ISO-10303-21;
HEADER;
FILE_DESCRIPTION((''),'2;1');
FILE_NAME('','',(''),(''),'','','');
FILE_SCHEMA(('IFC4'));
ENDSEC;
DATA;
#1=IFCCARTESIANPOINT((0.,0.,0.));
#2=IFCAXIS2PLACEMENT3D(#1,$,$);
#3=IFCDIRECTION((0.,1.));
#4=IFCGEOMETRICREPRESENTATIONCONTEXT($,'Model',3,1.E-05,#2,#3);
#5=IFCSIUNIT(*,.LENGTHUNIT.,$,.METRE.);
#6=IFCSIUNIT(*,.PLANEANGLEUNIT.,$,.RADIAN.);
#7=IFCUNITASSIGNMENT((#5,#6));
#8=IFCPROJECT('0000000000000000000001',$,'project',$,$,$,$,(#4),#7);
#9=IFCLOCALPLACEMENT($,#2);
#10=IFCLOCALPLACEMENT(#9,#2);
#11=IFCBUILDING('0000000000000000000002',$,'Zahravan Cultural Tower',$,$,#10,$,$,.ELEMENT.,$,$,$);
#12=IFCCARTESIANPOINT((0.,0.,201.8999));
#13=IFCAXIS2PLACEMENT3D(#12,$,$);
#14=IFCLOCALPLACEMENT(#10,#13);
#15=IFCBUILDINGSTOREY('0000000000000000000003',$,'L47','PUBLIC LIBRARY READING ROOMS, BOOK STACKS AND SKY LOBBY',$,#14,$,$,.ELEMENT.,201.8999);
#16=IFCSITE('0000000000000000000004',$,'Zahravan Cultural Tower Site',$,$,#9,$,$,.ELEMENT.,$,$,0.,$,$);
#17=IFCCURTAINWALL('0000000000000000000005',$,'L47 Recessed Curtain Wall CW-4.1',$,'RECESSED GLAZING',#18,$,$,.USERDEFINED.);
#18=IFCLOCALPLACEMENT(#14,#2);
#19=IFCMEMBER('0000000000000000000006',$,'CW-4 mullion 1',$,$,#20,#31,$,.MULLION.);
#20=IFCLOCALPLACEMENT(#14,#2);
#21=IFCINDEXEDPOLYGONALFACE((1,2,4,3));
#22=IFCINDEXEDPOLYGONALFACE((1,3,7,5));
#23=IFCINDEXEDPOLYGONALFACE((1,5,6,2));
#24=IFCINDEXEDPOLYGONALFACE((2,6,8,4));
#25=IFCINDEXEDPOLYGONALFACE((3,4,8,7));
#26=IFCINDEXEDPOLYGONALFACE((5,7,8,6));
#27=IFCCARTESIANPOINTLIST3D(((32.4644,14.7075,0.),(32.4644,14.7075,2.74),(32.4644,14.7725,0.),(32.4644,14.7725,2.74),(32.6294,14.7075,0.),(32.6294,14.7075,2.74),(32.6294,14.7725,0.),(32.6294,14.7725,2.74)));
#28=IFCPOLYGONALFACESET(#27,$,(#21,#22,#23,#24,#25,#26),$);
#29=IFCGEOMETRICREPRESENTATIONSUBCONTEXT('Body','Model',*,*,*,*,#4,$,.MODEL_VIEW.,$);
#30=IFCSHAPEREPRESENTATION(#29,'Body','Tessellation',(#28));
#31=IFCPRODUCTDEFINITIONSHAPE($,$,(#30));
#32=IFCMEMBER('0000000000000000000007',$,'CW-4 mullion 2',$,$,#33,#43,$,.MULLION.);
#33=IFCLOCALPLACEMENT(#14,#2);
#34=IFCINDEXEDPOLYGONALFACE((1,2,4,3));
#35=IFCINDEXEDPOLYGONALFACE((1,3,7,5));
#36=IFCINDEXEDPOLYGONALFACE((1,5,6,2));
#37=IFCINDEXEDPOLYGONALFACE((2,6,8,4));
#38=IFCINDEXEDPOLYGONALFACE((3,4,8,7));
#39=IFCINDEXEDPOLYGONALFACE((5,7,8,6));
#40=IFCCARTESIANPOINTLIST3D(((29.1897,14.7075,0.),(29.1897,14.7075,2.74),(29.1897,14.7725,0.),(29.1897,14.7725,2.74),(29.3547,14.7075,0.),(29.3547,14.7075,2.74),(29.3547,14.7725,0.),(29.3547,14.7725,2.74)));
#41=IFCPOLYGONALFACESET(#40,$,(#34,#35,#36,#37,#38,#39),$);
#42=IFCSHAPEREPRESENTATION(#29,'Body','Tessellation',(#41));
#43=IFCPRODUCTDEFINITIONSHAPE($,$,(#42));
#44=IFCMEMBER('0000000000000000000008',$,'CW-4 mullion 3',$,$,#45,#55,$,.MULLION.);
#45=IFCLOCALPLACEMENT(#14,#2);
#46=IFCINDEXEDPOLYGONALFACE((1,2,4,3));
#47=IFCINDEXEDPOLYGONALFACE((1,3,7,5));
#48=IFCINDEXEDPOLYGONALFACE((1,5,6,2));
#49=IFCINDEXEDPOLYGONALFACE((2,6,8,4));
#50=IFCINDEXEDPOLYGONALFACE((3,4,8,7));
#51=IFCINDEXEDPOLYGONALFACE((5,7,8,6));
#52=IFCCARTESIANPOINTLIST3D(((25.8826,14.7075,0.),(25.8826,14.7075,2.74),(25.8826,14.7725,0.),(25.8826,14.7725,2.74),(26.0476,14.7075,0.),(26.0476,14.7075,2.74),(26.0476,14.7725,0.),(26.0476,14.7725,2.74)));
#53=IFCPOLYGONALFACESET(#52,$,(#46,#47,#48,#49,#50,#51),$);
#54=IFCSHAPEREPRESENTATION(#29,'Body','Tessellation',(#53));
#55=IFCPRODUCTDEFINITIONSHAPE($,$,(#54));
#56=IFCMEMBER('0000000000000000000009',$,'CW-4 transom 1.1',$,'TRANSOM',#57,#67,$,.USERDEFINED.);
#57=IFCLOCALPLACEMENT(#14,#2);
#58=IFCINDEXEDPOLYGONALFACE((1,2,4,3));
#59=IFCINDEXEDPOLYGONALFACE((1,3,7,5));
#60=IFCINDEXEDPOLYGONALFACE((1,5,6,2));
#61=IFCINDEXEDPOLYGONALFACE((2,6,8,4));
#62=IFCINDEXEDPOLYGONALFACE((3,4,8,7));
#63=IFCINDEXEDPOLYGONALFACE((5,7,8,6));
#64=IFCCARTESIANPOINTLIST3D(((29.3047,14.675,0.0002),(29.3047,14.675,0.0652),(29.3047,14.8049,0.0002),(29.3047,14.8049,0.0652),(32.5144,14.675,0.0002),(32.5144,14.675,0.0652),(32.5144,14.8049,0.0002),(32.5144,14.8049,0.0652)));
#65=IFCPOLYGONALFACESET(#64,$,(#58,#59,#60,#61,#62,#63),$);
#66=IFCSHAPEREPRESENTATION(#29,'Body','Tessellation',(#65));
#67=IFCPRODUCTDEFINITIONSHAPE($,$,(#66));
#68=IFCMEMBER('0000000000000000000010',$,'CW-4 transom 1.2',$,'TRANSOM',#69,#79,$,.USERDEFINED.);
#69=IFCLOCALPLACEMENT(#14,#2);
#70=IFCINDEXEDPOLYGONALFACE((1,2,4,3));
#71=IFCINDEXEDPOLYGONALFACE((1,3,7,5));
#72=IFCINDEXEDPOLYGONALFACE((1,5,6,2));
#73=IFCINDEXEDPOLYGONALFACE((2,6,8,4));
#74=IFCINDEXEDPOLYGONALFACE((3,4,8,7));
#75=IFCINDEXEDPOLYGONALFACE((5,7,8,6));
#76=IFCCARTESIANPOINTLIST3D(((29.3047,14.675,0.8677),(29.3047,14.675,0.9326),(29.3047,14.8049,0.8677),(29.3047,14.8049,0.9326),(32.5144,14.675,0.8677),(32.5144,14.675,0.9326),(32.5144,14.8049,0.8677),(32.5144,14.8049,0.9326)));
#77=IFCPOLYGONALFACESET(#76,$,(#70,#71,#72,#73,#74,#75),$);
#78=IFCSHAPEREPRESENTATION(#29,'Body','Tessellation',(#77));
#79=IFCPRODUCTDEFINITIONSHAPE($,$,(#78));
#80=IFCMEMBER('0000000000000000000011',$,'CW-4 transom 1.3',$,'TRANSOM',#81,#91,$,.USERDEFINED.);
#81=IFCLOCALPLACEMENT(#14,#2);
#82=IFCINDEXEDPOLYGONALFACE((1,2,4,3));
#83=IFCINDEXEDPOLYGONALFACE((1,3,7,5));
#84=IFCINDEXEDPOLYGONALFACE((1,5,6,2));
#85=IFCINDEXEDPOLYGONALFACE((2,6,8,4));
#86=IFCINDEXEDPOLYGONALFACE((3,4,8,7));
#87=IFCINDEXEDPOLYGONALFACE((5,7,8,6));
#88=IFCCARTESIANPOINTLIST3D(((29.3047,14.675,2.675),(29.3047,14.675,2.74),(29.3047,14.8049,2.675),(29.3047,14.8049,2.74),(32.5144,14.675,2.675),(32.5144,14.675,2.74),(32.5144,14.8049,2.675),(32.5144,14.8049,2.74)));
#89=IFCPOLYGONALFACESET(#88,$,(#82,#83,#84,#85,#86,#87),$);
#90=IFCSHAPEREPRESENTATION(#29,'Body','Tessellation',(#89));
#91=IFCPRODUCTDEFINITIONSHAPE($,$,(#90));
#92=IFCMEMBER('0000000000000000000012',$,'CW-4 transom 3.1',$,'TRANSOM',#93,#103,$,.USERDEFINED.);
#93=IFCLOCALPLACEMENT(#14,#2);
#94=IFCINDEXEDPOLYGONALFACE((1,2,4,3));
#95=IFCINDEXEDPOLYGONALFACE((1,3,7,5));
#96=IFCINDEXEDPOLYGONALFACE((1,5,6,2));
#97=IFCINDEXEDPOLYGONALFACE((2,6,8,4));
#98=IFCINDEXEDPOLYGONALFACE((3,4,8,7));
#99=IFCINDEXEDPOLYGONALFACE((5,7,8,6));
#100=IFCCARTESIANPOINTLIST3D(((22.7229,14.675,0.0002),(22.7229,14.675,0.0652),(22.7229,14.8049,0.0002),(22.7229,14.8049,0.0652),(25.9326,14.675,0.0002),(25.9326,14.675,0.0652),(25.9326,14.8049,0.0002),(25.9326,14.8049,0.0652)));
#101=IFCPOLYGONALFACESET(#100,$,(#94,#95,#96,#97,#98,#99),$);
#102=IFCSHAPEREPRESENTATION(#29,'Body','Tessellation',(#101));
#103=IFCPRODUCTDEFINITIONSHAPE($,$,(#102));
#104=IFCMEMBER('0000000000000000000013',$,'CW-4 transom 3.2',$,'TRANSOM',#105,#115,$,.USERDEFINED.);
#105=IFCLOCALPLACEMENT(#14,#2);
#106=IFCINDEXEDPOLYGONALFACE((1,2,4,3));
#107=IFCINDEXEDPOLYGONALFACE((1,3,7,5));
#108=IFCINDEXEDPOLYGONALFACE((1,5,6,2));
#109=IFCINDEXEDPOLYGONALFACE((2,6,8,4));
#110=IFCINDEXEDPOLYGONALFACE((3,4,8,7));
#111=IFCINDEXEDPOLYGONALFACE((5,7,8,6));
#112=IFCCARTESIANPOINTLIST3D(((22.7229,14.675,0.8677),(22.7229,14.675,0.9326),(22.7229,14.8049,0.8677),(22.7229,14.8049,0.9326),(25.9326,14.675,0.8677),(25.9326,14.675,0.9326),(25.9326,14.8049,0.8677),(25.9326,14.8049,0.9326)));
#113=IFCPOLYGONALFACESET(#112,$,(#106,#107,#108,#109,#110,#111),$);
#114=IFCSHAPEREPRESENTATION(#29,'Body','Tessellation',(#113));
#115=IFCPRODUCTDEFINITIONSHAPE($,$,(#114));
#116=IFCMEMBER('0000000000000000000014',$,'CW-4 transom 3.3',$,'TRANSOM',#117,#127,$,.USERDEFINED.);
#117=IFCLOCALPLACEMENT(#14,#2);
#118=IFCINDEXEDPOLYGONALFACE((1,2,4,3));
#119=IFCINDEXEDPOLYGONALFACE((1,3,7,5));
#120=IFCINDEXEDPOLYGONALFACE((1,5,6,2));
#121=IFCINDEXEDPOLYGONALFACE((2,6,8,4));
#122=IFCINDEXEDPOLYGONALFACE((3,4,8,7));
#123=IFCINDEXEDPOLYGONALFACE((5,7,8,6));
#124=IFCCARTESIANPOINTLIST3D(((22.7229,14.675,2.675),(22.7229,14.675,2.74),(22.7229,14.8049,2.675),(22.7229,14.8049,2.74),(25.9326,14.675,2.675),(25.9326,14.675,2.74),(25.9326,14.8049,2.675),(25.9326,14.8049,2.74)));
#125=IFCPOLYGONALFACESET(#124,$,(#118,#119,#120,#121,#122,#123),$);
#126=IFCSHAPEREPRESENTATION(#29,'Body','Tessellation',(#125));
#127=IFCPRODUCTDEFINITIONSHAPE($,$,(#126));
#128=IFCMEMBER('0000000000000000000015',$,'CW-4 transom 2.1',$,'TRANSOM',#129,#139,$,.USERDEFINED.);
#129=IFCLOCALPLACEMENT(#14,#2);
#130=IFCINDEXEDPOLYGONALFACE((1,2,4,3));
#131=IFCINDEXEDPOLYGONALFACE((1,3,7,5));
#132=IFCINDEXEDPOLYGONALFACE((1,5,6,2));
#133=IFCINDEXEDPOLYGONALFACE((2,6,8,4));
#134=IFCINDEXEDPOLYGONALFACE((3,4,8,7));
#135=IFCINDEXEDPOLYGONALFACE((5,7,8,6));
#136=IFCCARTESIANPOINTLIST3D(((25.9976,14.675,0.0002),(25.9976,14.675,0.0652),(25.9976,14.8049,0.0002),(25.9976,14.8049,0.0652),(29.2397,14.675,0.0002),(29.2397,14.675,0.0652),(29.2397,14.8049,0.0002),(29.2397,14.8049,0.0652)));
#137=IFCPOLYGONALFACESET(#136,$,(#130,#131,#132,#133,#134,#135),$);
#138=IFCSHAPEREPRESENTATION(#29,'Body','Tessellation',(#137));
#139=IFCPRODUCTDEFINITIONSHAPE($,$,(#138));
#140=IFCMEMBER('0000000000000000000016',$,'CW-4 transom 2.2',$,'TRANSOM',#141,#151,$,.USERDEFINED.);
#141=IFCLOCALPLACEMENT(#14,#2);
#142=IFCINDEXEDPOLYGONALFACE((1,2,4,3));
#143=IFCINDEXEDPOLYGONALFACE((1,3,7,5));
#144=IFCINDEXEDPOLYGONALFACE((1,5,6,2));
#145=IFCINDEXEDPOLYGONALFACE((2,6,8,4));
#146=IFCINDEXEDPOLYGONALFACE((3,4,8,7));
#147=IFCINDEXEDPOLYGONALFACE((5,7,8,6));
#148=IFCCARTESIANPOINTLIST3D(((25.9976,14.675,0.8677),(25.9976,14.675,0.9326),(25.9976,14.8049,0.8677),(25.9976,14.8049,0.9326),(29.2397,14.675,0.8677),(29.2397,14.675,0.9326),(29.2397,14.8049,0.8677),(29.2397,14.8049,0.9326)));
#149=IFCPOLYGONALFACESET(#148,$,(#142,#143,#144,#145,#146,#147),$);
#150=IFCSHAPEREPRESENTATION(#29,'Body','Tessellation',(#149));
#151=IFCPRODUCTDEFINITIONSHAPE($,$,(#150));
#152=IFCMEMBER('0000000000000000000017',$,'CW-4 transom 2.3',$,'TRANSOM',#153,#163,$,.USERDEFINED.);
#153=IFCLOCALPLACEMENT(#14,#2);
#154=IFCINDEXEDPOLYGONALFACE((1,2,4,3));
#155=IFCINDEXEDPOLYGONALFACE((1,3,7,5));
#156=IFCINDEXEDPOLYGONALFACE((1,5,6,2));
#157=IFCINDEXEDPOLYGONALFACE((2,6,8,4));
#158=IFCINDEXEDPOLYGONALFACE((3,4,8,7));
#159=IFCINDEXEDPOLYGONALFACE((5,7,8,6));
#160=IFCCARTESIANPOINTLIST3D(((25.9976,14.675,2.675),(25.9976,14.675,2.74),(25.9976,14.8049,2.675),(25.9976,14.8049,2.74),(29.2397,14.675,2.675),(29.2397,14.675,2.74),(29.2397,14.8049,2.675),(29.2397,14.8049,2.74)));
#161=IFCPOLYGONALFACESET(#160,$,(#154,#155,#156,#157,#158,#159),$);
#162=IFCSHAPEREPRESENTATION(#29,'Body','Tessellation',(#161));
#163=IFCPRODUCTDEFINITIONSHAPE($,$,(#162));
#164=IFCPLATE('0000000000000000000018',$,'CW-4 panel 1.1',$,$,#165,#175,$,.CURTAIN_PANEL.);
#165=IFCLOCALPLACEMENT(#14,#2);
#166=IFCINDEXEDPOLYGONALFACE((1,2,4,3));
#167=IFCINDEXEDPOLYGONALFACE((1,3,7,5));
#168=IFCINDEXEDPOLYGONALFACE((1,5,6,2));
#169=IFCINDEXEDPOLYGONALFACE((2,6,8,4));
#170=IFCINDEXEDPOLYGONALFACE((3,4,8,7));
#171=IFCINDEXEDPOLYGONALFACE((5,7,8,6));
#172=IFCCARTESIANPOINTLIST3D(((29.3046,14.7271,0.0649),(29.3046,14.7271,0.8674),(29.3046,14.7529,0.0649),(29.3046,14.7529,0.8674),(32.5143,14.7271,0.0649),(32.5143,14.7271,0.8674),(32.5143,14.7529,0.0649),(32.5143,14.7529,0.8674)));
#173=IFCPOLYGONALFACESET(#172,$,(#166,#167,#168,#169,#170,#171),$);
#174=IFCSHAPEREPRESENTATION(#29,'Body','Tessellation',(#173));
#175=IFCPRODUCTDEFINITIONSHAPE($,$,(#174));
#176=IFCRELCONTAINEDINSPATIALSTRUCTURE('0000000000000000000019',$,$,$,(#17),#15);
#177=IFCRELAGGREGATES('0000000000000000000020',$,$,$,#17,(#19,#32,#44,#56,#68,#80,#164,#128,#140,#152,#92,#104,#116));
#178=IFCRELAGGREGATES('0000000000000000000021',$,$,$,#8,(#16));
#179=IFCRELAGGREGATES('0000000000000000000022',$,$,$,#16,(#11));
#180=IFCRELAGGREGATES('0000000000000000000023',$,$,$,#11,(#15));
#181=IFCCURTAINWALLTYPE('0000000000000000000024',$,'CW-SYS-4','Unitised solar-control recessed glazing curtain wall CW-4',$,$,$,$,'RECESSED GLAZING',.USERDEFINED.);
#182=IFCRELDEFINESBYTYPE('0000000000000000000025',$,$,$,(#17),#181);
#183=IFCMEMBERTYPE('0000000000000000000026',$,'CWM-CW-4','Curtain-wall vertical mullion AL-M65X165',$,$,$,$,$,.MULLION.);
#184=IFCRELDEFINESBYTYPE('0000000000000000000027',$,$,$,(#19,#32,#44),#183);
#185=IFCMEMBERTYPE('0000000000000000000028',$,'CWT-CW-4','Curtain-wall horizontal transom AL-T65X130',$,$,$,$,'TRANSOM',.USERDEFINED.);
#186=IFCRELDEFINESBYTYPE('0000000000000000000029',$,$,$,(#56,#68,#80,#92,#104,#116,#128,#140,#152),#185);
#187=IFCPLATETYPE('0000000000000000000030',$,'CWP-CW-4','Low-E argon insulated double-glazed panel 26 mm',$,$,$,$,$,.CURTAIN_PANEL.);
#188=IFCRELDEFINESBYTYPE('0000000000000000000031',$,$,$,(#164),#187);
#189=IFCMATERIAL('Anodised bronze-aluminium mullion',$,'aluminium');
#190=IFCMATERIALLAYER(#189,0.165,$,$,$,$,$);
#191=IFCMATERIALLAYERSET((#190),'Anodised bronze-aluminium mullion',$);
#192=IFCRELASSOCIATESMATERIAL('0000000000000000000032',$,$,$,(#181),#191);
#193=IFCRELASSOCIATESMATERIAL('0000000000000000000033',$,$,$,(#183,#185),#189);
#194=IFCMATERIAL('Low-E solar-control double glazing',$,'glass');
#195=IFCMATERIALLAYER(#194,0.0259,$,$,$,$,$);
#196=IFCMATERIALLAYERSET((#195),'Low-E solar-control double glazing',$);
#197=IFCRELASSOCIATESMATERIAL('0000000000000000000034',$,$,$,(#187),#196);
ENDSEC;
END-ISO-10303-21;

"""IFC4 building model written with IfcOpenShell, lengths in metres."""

from ifc_helpers import new_model, si_unit, direction, frame, origin, origin_2d, place, context, subcontext, project, spatial, rectangle, extrude, source, transform, mapped, material, layer, layer_set, material_profile, profile_set, type_object, element, aggregate, save


model = new_model("IFC4")

# Units and contexts
model_context = context("Model", 3, precision=1e-05, world=origin(), true_north=direction((0.0, 1.0)))
body_context = subcontext(model_context, "Body", "Model", "MODEL_VIEW")
ifc_project = project(units=[si_unit("LENGTHUNIT", "METRE"), si_unit("PLANEANGLEUNIT", "RADIAN")], contexts=[model_context])

# Site, building, storey
site_placement = place(None, origin())
site = spatial("IfcSite", under=ifc_project, at=site_placement, Name="Zahravan Cultural Tower Site", CompositionType="ELEMENT", RefElevation=0.0)
building_placement = place(site_placement, origin())
building = spatial("IfcBuilding", under=site, at=building_placement, Name="Zahravan Cultural Tower", CompositionType="ELEMENT")
storey_placement = place(building_placement, frame((0.0, 0.0, 201.8999)))
storey = spatial("IfcBuildingStorey", under=building, at=storey_placement, Name="L47", Description="PUBLIC LIBRARY READING ROOMS, BOOK STACKS AND SKY LOBBY", CompositionType="ELEMENT", Elevation=201.8999)

# Curtain wall, members, plate
ifc_material_1 = material(Name="Anodised bronze-aluminium mullion", Category="aluminium")
ifc_layer_1 = layer(ifc_material_1, 0.165)
ifc_layer_set_1 = layer_set([ifc_layer_1], Name="Anodised bronze-aluminium mullion")
curtain_wall_type = type_object("IfcCurtainWallType", Name="CW-SYS-4", Description="Unitised solar-control recessed glazing curtain wall CW-4", ElementType="RECESSED GLAZING", PredefinedType="USERDEFINED", material=ifc_layer_set_1)
curtain_wall_placement = place(storey_placement, origin())
curtain_wall = element("IfcCurtainWall", 1, at=curtain_wall_placement, inside=storey, type_object=curtain_wall_type, Name="L47 Recessed Curtain Wall CW-4.1", ObjectType="RECESSED GLAZING", PredefinedType="USERDEFINED")
ifc_material_profile_1 = material_profile(ifc_material_1, rectangle(XDim=0.0649, YDim=0.165, at=origin_2d()), Name="AL-M65X165")
ifc_profile_set_1 = profile_set([ifc_material_profile_1], Name="Anodised bronze-aluminium mullion")
member_type_1 = type_object("IfcMemberType", Name="CWM-CW-4", Description="Curtain-wall vertical mullion AL-M65X165", PredefinedType="MULLION", material=ifc_profile_set_1)
shared_shape_1 = source(origin(), body_context, "Body", "SweptSolid", [
    extrude(rectangle(XDim=0.0649, YDim=0.165, at=origin_2d()), origin(), (0.0, 0.0, 1.0), 2.74),
])
member_1_placement = place(storey_placement, frame((32.5469, 14.74, 0.0), z_axis=(0.0, 0.0, 1.0), x_axis=(0.0, -1.0, 0.0)))
member_1 = element("IfcMember", 2, at=member_1_placement, type_object=member_type_1, Name="CW-4 mullion 1", PredefinedType="MULLION", context=body_context, shape_type="MappedRepresentation", body=[
    mapped(shared_shape_1, transform((0.0, 0.0, 0.0), x_axis=(1.0, 0.0, 0.0), y_axis=(0.0, 1.0, 0.0), z_axis=(0.0, 0.0, 1.0), scale=1.0)),
])
member_2_placement = place(storey_placement, frame((29.2722, 14.74, 0.0), z_axis=(0.0, 0.0, 1.0), x_axis=(0.0, -1.0, 0.0)))
member_2 = element("IfcMember", 3, at=member_2_placement, type_object=member_type_1, Name="CW-4 mullion 2", PredefinedType="MULLION", context=body_context, shape_type="MappedRepresentation", body=[
    mapped(shared_shape_1, transform((0.0, 0.0, 0.0), x_axis=(1.0, 0.0, 0.0), y_axis=(0.0, 1.0, 0.0), z_axis=(0.0, 0.0, 1.0), scale=1.0)),
])
member_3_placement = place(storey_placement, frame((25.9651, 14.74, 0.0), z_axis=(0.0, 0.0, 1.0), x_axis=(0.0, -1.0, 0.0)))
member_3 = element("IfcMember", 4, at=member_3_placement, type_object=member_type_1, Name="CW-4 mullion 3", PredefinedType="MULLION", context=body_context, shape_type="MappedRepresentation", body=[
    mapped(shared_shape_1, transform((0.0, 0.0, 0.0), x_axis=(1.0, 0.0, 0.0), y_axis=(0.0, 1.0, 0.0), z_axis=(0.0, 0.0, 1.0), scale=1.0)),
])
ifc_material_profile_2 = material_profile(ifc_material_1, rectangle(XDim=0.1299, YDim=0.0649, at=origin_2d()), Name="AL-T65X130")
ifc_profile_set_2 = profile_set([ifc_material_profile_2], Name="Anodised bronze-aluminium mullion")
member_type_2 = type_object("IfcMemberType", Name="CWT-CW-4", Description="Curtain-wall horizontal transom AL-T65X130", ElementType="TRANSOM", PredefinedType="USERDEFINED", material=ifc_profile_set_2)
shared_shape_2 = source(origin(), body_context, "Body", "SweptSolid", [
    extrude(rectangle(XDim=0.1299, YDim=0.0649, at=origin_2d()), origin(), (0.0, 0.0, 1.0), 3.2097),
])
member_4_placement = place(storey_placement, frame((32.5144, 14.74, 0.0327), z_axis=(-1.0, 0.0, 0.0), x_axis=(0.0, -1.0, 0.0)))
member_4 = element("IfcMember", 5, at=member_4_placement, type_object=member_type_2, Name="CW-4 transom 1.1", ObjectType="TRANSOM", PredefinedType="USERDEFINED", context=body_context, shape_type="MappedRepresentation", body=[
    mapped(shared_shape_2, transform((0.0, 0.0, 0.0), x_axis=(1.0, 0.0, 0.0), y_axis=(0.0, 1.0, 0.0), z_axis=(0.0, 0.0, 1.0), scale=1.0)),
])
member_5_placement = place(storey_placement, frame((32.5144, 14.74, 0.9001), z_axis=(-1.0, 0.0, 0.0), x_axis=(0.0, -1.0, 0.0)))
member_5 = element("IfcMember", 6, at=member_5_placement, type_object=member_type_2, Name="CW-4 transom 1.2", ObjectType="TRANSOM", PredefinedType="USERDEFINED", context=body_context, shape_type="MappedRepresentation", body=[
    mapped(shared_shape_2, transform((0.0, 0.0, 0.0), x_axis=(1.0, 0.0, 0.0), y_axis=(0.0, 1.0, 0.0), z_axis=(0.0, 0.0, 1.0), scale=1.0)),
])
member_6_placement = place(storey_placement, frame((32.5144, 14.74, 2.7075), z_axis=(-1.0, 0.0, 0.0), x_axis=(0.0, -1.0, 0.0)))
member_6 = element("IfcMember", 7, at=member_6_placement, type_object=member_type_2, Name="CW-4 transom 1.3", ObjectType="TRANSOM", PredefinedType="USERDEFINED", context=body_context, shape_type="MappedRepresentation", body=[
    mapped(shared_shape_2, transform((0.0, 0.0, 0.0), x_axis=(1.0, 0.0, 0.0), y_axis=(0.0, 1.0, 0.0), z_axis=(0.0, 0.0, 1.0), scale=1.0)),
])
member_7_placement = place(storey_placement, frame((25.9326, 14.74, 0.0327), z_axis=(-1.0, 0.0, 0.0), x_axis=(0.0, -1.0, 0.0)))
member_7 = element("IfcMember", 8, at=member_7_placement, type_object=member_type_2, Name="CW-4 transom 3.1", ObjectType="TRANSOM", PredefinedType="USERDEFINED", context=body_context, shape_type="MappedRepresentation", body=[
    mapped(shared_shape_2, transform((0.0, 0.0, 0.0), x_axis=(1.0, 0.0, 0.0), y_axis=(0.0, 1.0, 0.0), z_axis=(0.0, 0.0, 1.0), scale=1.0)),
])
member_8_placement = place(storey_placement, frame((25.9326, 14.74, 0.9001), z_axis=(-1.0, 0.0, 0.0), x_axis=(0.0, -1.0, 0.0)))
member_8 = element("IfcMember", 9, at=member_8_placement, type_object=member_type_2, Name="CW-4 transom 3.2", ObjectType="TRANSOM", PredefinedType="USERDEFINED", context=body_context, shape_type="MappedRepresentation", body=[
    mapped(shared_shape_2, transform((0.0, 0.0, 0.0), x_axis=(1.0, 0.0, 0.0), y_axis=(0.0, 1.0, 0.0), z_axis=(0.0, 0.0, 1.0), scale=1.0)),
])
member_9_placement = place(storey_placement, frame((25.9326, 14.74, 2.7075), z_axis=(-1.0, 0.0, 0.0), x_axis=(0.0, -1.0, 0.0)))
member_9 = element("IfcMember", 10, at=member_9_placement, type_object=member_type_2, Name="CW-4 transom 3.3", ObjectType="TRANSOM", PredefinedType="USERDEFINED", context=body_context, shape_type="MappedRepresentation", body=[
    mapped(shared_shape_2, transform((0.0, 0.0, 0.0), x_axis=(1.0, 0.0, 0.0), y_axis=(0.0, 1.0, 0.0), z_axis=(0.0, 0.0, 1.0), scale=1.0)),
])
shared_shape_3 = source(origin(), body_context, "Body", "SweptSolid", [
    extrude(rectangle(XDim=0.1299, YDim=0.0649, at=origin_2d()), origin(), (0.0, 0.0, 1.0), 3.2422),
])
member_10_placement = place(storey_placement, frame((29.2397, 14.74, 0.0327), z_axis=(-1.0, 0.0, 0.0), x_axis=(0.0, -1.0, 0.0)))
member_10 = element("IfcMember", 11, at=member_10_placement, type_object=member_type_2, Name="CW-4 transom 2.1", ObjectType="TRANSOM", PredefinedType="USERDEFINED", context=body_context, shape_type="MappedRepresentation", body=[
    mapped(shared_shape_3, transform((0.0, 0.0, 0.0), x_axis=(1.0, 0.0, 0.0), y_axis=(0.0, 1.0, 0.0), z_axis=(0.0, 0.0, 1.0), scale=1.0)),
])
member_11_placement = place(storey_placement, frame((29.2397, 14.74, 0.9001), z_axis=(-1.0, 0.0, 0.0), x_axis=(0.0, -1.0, 0.0)))
member_11 = element("IfcMember", 12, at=member_11_placement, type_object=member_type_2, Name="CW-4 transom 2.2", ObjectType="TRANSOM", PredefinedType="USERDEFINED", context=body_context, shape_type="MappedRepresentation", body=[
    mapped(shared_shape_3, transform((0.0, 0.0, 0.0), x_axis=(1.0, 0.0, 0.0), y_axis=(0.0, 1.0, 0.0), z_axis=(0.0, 0.0, 1.0), scale=1.0)),
])
member_12_placement = place(storey_placement, frame((29.2397, 14.74, 2.7075), z_axis=(-1.0, 0.0, 0.0), x_axis=(0.0, -1.0, 0.0)))
member_12 = element("IfcMember", 13, at=member_12_placement, type_object=member_type_2, Name="CW-4 transom 2.3", ObjectType="TRANSOM", PredefinedType="USERDEFINED", context=body_context, shape_type="MappedRepresentation", body=[
    mapped(shared_shape_3, transform((0.0, 0.0, 0.0), x_axis=(1.0, 0.0, 0.0), y_axis=(0.0, 1.0, 0.0), z_axis=(0.0, 0.0, 1.0), scale=1.0)),
])
ifc_material_2 = material(Name="Low-E solar-control double glazing", Category="glass")
ifc_layer_2 = layer(ifc_material_2, 0.0259)
ifc_layer_set_2 = layer_set([ifc_layer_2], Name="Low-E solar-control double glazing")
plate_type = type_object("IfcPlateType", Name="CWP-CW-4", Description="Low-E argon insulated double-glazed panel 26 mm", PredefinedType="CURTAIN_PANEL", material=ifc_layer_set_2)
shared_shape_4 = source(origin(), body_context, "Body", "SweptSolid", [
    extrude(rectangle(XDim=3.2097, YDim=0.0259, at=origin_2d()), origin(), (0.0, 0.0, 1.0), 0.8025),
])
plate_1_placement = place(storey_placement, frame((30.9094, 14.74, 0.0649), z_axis=(0.0, 0.0, 1.0), x_axis=(-1.0, 0.0, 0.0)))
plate_1 = element("IfcPlate", 14, at=plate_1_placement, type_object=plate_type, Name="CW-4 panel 1.1", PredefinedType="CURTAIN_PANEL", context=body_context, shape_type="MappedRepresentation", body=[
    mapped(shared_shape_4, transform((0.0, 0.0, 0.0), x_axis=(1.0, 0.0, 0.0), y_axis=(0.0, 1.0, 0.0), z_axis=(0.0, 0.0, 1.0), scale=1.0)),
])
aggregate(curtain_wall, [member_1, member_2, member_3, member_4, member_5, member_6, plate_1, member_10, member_11, member_12, member_7, member_8, member_9])

save(model, "model.ifc")
